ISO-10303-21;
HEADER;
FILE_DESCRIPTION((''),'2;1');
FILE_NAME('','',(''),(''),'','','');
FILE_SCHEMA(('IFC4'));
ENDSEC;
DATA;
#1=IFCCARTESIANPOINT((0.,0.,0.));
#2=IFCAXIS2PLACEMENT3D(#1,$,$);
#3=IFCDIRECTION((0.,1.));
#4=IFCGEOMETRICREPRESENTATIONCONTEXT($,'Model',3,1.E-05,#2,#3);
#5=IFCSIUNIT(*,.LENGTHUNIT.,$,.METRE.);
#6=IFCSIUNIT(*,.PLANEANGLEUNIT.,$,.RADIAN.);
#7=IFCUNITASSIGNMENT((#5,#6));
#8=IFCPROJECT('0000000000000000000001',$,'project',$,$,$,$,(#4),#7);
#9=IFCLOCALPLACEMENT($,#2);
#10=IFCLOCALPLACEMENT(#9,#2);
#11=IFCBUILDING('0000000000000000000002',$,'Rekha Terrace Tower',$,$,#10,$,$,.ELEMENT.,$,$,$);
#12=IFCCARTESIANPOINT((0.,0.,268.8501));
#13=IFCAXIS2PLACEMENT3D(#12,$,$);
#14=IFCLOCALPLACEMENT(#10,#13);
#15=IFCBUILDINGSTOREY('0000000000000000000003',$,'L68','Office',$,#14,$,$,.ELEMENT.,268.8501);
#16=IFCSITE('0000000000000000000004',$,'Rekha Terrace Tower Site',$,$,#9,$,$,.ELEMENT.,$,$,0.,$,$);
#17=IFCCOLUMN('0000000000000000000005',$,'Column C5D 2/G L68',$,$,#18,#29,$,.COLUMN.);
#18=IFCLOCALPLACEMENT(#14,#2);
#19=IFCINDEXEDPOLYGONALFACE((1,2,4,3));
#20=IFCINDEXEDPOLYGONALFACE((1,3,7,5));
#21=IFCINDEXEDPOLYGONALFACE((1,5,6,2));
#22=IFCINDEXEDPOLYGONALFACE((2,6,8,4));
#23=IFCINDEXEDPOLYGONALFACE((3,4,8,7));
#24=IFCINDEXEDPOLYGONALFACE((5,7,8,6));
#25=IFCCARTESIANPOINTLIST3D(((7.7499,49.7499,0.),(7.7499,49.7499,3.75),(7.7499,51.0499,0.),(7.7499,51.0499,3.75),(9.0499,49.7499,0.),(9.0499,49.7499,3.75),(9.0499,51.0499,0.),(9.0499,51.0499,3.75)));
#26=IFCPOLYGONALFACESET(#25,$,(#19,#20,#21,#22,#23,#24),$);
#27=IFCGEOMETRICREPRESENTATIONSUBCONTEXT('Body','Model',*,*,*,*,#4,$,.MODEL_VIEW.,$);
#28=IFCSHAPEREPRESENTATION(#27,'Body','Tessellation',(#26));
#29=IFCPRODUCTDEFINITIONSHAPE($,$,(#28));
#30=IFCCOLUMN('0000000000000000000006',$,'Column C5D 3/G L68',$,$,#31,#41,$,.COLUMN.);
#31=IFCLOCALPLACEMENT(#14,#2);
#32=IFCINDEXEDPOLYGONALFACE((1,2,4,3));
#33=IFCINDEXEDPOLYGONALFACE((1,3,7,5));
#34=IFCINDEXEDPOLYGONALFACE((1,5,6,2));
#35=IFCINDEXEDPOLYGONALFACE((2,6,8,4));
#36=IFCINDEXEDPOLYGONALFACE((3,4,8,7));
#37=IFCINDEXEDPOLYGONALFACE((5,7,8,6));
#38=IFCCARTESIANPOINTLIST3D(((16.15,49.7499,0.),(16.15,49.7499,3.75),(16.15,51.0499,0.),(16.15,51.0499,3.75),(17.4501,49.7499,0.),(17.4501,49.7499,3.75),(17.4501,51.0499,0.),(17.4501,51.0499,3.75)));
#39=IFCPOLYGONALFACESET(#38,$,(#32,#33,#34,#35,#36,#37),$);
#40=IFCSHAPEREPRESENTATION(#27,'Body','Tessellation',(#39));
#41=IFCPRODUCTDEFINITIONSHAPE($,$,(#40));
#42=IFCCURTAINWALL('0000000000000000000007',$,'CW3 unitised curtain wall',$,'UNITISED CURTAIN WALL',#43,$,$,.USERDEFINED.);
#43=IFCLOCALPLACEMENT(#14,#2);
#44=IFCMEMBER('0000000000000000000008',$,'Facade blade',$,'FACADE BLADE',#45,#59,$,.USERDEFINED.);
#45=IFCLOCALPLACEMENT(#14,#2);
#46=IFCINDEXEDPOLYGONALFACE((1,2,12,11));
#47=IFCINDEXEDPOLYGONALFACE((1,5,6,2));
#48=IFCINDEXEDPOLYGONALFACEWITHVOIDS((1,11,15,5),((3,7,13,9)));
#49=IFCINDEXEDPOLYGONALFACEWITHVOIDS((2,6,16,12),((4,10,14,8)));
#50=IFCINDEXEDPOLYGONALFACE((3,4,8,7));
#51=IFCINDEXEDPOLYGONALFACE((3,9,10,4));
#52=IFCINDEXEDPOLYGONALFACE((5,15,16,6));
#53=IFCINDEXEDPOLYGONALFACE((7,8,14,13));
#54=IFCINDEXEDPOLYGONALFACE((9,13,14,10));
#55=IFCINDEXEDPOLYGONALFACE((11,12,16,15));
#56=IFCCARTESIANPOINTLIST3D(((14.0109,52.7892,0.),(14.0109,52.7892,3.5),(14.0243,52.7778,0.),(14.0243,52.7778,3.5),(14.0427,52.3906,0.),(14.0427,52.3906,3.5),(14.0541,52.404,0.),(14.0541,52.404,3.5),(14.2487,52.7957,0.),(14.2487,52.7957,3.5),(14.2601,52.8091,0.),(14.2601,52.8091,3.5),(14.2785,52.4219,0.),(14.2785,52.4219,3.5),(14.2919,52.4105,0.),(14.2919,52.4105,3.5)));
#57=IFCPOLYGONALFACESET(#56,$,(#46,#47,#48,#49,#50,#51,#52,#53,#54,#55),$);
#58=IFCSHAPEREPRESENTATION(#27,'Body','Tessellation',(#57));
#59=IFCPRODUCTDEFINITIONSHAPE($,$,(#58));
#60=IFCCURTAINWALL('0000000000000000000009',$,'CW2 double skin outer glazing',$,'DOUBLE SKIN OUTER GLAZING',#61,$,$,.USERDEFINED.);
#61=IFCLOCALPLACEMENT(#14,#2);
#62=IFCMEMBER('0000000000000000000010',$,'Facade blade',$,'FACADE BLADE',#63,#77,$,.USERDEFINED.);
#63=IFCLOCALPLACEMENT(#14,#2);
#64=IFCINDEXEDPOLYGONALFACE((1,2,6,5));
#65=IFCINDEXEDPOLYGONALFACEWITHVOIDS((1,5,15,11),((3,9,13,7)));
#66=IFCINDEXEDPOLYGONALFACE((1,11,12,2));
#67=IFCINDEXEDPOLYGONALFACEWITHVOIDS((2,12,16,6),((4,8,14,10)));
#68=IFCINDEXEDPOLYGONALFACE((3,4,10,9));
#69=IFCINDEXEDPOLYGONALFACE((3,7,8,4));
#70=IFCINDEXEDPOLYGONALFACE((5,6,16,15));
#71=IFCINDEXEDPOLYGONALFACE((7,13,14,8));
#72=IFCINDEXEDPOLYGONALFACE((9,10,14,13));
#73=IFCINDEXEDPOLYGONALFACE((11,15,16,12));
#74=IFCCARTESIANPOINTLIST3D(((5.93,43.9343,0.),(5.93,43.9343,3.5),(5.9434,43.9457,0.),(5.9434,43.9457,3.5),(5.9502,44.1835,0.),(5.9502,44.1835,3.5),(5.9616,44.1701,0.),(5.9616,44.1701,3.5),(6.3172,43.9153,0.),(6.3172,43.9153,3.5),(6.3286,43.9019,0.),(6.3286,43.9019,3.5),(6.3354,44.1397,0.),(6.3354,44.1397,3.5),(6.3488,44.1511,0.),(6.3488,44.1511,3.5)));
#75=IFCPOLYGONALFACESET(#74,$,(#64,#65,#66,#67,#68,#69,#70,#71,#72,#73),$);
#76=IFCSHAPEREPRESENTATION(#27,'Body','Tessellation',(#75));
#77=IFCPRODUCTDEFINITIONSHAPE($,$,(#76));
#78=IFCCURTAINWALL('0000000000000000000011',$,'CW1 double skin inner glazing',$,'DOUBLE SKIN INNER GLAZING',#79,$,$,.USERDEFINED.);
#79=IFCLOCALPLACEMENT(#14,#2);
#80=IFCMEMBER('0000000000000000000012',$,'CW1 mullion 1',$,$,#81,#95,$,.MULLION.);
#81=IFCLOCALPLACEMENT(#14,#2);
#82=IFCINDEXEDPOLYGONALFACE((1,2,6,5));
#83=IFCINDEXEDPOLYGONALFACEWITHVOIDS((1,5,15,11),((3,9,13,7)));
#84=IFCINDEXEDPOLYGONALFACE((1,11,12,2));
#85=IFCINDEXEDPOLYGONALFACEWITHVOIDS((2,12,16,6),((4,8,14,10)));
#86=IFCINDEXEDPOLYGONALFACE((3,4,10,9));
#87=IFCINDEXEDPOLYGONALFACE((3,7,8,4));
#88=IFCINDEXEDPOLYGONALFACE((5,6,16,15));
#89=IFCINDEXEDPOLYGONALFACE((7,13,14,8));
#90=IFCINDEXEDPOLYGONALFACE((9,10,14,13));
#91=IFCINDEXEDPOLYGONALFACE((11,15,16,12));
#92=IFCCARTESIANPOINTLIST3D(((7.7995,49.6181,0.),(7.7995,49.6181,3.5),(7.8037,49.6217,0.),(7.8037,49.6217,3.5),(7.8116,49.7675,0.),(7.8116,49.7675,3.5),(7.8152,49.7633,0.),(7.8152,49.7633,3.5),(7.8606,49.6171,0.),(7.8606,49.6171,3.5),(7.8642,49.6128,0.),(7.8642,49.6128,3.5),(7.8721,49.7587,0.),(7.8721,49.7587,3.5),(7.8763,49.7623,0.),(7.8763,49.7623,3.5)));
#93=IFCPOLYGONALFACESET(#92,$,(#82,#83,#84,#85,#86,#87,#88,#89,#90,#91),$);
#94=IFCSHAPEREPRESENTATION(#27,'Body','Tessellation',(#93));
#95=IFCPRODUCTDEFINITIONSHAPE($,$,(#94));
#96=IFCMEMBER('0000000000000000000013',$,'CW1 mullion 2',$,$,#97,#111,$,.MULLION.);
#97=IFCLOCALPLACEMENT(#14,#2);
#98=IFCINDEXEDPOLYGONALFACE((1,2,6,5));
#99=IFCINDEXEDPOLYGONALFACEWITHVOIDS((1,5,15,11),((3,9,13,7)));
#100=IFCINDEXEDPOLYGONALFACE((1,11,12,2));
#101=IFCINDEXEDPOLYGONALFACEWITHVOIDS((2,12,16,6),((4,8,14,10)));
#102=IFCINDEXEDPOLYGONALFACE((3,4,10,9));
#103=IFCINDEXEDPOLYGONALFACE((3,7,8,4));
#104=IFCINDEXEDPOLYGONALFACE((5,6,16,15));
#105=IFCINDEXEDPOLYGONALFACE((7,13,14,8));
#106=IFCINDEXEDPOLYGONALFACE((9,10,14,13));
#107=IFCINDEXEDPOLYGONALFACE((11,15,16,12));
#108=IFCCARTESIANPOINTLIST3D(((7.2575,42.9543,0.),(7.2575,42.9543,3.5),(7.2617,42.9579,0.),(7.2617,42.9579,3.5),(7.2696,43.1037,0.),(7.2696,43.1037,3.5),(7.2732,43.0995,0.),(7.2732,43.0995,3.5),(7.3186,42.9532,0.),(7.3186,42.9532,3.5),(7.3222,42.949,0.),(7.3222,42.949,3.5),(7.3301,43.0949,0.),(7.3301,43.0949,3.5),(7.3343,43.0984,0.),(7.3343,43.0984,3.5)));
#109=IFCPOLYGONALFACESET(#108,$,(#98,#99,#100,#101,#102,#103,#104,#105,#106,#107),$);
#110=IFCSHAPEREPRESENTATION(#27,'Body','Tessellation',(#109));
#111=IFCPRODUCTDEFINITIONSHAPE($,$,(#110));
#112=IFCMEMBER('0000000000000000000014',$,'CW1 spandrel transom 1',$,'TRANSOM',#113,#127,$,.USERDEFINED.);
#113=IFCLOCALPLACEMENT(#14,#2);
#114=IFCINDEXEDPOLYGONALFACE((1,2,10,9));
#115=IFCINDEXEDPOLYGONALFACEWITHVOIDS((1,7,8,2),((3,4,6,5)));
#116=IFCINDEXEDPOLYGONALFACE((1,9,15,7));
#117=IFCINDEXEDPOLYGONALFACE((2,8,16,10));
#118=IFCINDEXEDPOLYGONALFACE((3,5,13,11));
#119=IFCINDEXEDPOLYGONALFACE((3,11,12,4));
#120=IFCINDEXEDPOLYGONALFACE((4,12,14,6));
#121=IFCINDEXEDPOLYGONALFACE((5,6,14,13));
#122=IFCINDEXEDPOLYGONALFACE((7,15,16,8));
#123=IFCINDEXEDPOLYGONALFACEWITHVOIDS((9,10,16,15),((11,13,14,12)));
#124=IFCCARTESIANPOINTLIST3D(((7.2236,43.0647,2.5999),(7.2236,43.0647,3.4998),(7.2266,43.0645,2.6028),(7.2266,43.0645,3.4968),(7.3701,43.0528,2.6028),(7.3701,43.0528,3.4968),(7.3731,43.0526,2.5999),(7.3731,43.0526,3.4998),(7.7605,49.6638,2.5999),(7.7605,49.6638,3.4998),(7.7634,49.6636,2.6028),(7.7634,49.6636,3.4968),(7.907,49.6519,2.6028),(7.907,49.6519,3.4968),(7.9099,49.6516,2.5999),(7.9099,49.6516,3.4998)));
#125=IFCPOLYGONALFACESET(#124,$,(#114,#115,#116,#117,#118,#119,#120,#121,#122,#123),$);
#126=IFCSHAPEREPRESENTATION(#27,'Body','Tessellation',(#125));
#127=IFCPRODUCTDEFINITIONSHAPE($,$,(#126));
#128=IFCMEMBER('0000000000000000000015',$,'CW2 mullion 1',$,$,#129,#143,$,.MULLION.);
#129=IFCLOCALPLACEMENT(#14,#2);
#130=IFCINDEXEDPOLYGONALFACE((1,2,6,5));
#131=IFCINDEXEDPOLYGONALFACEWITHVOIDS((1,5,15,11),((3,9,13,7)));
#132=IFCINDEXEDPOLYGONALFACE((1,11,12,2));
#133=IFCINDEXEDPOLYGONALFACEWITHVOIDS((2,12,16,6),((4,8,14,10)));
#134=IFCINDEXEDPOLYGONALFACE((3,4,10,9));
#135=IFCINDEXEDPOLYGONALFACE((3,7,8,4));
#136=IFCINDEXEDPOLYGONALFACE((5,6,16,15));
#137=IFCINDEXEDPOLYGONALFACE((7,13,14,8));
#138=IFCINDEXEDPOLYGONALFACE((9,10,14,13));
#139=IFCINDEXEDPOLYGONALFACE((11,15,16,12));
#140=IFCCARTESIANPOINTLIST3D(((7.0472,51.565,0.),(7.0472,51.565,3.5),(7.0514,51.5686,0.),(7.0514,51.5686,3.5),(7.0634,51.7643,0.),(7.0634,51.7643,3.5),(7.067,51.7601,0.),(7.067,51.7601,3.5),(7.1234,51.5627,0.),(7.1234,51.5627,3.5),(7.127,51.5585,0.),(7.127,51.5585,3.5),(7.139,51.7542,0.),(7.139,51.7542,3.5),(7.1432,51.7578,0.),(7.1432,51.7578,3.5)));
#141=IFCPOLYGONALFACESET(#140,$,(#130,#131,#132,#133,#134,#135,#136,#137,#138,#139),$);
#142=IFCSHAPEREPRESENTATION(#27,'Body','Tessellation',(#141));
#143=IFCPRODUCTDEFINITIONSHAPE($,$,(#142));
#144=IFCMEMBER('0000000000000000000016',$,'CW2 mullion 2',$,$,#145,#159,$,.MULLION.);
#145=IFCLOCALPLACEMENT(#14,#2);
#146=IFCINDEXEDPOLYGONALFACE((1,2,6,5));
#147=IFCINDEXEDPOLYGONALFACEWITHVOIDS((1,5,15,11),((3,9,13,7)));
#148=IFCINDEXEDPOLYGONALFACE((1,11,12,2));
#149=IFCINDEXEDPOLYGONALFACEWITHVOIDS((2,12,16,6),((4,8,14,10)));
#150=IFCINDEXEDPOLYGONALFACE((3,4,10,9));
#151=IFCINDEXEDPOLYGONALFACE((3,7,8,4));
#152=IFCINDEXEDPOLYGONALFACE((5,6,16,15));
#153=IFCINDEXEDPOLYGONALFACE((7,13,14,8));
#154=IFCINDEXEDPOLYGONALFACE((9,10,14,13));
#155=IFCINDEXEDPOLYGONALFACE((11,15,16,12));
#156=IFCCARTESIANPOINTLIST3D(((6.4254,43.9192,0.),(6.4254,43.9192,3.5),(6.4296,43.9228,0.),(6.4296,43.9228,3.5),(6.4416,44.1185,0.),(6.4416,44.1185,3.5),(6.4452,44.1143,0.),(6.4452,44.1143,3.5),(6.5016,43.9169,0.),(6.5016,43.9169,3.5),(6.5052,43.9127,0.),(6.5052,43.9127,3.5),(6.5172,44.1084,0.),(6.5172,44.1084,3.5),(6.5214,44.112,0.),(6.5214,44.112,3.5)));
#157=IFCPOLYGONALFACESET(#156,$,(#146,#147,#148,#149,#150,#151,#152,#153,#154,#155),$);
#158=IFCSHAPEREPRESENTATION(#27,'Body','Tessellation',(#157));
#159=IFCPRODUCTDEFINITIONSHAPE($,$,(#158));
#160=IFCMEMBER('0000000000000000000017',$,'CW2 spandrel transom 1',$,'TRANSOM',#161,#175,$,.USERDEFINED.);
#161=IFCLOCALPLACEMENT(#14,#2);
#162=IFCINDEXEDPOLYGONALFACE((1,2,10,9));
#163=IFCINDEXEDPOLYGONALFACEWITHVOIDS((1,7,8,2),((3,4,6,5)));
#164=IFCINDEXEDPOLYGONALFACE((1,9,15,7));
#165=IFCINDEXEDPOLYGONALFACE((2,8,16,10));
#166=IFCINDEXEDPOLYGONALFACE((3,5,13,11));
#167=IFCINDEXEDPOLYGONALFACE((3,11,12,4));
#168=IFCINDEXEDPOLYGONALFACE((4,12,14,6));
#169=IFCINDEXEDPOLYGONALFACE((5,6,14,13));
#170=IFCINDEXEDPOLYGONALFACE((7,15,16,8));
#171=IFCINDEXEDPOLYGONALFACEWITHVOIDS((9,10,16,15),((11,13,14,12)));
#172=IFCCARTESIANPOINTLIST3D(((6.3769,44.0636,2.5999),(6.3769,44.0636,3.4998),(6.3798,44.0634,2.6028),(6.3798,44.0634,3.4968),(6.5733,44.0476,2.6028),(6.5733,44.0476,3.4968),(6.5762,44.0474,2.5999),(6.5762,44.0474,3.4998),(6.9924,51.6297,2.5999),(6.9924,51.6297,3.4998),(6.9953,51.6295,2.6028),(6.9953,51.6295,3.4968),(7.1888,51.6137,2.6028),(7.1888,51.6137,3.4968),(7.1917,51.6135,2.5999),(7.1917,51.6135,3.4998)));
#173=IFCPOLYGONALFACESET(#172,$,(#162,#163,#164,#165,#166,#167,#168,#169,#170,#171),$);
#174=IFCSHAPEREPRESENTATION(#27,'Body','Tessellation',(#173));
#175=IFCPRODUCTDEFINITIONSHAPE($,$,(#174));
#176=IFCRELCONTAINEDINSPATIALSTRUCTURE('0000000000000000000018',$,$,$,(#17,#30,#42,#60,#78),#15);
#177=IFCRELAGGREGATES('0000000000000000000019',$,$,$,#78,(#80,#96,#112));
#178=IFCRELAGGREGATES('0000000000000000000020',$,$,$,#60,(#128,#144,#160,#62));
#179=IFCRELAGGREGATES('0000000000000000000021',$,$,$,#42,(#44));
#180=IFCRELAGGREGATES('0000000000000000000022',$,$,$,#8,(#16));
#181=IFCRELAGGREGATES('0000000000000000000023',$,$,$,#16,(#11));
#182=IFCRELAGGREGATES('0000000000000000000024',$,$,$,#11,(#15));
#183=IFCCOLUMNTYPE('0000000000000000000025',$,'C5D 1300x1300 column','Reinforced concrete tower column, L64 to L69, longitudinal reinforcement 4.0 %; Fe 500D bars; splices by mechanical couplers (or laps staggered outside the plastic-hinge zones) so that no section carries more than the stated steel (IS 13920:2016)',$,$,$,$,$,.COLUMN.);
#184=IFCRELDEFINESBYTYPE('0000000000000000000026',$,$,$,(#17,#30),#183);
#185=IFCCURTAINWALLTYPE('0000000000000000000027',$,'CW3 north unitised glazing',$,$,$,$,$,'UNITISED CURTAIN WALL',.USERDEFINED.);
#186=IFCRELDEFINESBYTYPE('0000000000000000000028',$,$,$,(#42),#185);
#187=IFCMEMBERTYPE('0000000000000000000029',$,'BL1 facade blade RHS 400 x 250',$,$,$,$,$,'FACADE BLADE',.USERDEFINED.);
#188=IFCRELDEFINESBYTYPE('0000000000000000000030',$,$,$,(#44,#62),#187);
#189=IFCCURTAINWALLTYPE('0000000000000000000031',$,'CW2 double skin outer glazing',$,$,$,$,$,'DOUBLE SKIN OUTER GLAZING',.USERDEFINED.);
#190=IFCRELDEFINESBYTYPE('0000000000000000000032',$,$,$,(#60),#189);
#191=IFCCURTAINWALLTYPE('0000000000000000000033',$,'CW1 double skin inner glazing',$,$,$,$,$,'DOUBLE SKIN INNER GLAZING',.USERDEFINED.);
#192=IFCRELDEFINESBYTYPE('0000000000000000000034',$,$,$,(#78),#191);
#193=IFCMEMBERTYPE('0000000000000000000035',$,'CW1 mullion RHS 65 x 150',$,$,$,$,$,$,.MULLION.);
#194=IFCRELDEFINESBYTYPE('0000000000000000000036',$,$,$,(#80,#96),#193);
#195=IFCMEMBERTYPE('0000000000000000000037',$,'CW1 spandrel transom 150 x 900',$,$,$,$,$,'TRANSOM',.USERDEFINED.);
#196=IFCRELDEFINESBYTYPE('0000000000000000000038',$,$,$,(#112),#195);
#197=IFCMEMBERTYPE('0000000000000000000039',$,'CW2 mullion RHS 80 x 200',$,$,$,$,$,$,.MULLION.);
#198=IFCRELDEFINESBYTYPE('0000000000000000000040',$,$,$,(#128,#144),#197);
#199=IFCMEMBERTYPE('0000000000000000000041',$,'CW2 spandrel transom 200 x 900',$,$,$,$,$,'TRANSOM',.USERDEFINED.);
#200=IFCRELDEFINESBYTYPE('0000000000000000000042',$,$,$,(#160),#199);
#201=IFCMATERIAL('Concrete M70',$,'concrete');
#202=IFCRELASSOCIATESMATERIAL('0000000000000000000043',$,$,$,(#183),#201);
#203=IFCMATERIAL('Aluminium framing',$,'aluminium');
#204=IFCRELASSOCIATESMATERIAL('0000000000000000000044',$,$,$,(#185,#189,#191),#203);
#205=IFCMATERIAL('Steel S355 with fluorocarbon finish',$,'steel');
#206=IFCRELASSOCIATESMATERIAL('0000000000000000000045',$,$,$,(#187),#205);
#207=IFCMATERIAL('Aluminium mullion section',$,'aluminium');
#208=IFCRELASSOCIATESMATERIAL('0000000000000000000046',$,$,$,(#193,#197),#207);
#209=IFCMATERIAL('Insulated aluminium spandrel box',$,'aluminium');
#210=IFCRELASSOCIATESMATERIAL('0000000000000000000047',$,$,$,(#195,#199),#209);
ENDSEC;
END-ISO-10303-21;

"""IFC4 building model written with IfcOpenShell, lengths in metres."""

from ifc_helpers import new_model, si_unit, direction, frame, origin, origin_2d, place, context, subcontext, project, spatial, rectangle, hollow_rectangle, extrude, material, material_profile, profile_set, type_object, element, aggregate, save


model = new_model("IFC4")

# Units and contexts
model_context = context("Model", 3, precision=1e-05, world=origin(), true_north=direction((0.0, 1.0)))
body_context = subcontext(model_context, "Body", "Model", "MODEL_VIEW")
ifc_project = project(units=[si_unit("LENGTHUNIT", "METRE"), si_unit("PLANEANGLEUNIT", "RADIAN")], contexts=[model_context])

# Site, building, storey
site_placement = place(None, origin())
site = spatial("IfcSite", under=ifc_project, at=site_placement, Name="Rekha Terrace Tower Site", CompositionType="ELEMENT", RefElevation=0.0)
building_placement = place(site_placement, origin())
building = spatial("IfcBuilding", under=site, at=building_placement, Name="Rekha Terrace Tower", CompositionType="ELEMENT")
storey_placement = place(building_placement, frame((0.0, 0.0, 268.8501)))
storey = spatial("IfcBuildingStorey", under=building, at=storey_placement, Name="L68", Description="Office", CompositionType="ELEMENT", Elevation=268.8501)

# Columns
ifc_material_1 = material(Name="Concrete M70", Category="concrete")
ifc_material_profile_1 = material_profile(ifc_material_1, rectangle(XDim=1.3, YDim=1.3, at=origin_2d()), Name="RC 1300x1300")
ifc_profile_set_1 = profile_set([ifc_material_profile_1], Name="Concrete M70")
column_type = type_object("IfcColumnType", Name="C5D 1300x1300 column", Description="Reinforced concrete tower column, L64 to L69, longitudinal reinforcement 4.0 %; Fe 500D bars; splices by mechanical couplers (or laps staggered outside the plastic-hinge zones) so that no section carries more than the stated steel (IS 13920:2016)", PredefinedType="COLUMN", material=ifc_profile_set_1)
for number, where, z_axis, x_axis, name in (
    (1, (8.3999, 50.3999, 0.0), (0.0, 0.0, 1.0), (1.0, 0.0, 0.0), "Column C5D 2/G L68"),
    (2, (16.8, 50.3999, 0.0), (0.0, 0.0, 1.0), (1.0, 0.0, 0.0), "Column C5D 3/G L68"),
):
    element("IfcColumn", number, at=place(storey_placement, frame(where, z_axis=z_axis, x_axis=x_axis)), inside=storey, type_object=column_type, Name=name, PredefinedType="COLUMN", context=body_context, shape_type="SweptSolid", body=[
        extrude(rectangle(XDim=1.3, YDim=1.3, at=origin_2d()), origin(), (0.0, 0.0, 1.0), 3.75),
    ])

# Curtain walls, members
ifc_material_2 = material(Name="Aluminium framing", Category="aluminium")
curtain_wall_type_1 = type_object("IfcCurtainWallType", Name="CW3 north unitised glazing", ElementType="UNITISED CURTAIN WALL", PredefinedType="USERDEFINED", material=ifc_material_2)
curtain_wall_1_placement = place(storey_placement, origin())
curtain_wall_1 = element("IfcCurtainWall", 3, at=curtain_wall_1_placement, inside=storey, type_object=curtain_wall_type_1, Name="CW3 unitised curtain wall", ObjectType="UNITISED CURTAIN WALL", PredefinedType="USERDEFINED")
ifc_material_3 = material(Name="Steel S355 with fluorocarbon finish", Category="steel")
ifc_material_profile_2 = material_profile(ifc_material_3, hollow_rectangle(XDim=0.25, YDim=0.3999, WallThickness=0.0125, at=origin_2d()), Name="RHS400x250x12.5")
ifc_profile_set_2 = profile_set([ifc_material_profile_2], Name="Steel S355 with fluorocarbon finish")
member_type_1 = type_object("IfcMemberType", Name="BL1 facade blade RHS 400 x 250", ElementType="FACADE BLADE", PredefinedType="USERDEFINED", material=ifc_profile_set_2)
member_1_placement = place(storey_placement, frame((14.1514, 52.5999, 0.0), z_axis=(0.0, 0.0, 1.0), x_axis=(-0.996836, -0.079486, 0.0)))
member_1 = element("IfcMember", 4, at=member_1_placement, type_object=member_type_1, Name="Facade blade", ObjectType="FACADE BLADE", PredefinedType="USERDEFINED", context=body_context, shape_type="SweptSolid", body=[
    extrude(hollow_rectangle(XDim=0.25, YDim=0.3999, WallThickness=0.0125, at=origin_2d()), origin(), (0.0, 0.0, 1.0), 3.5),
])
curtain_wall_type_2 = type_object("IfcCurtainWallType", Name="CW2 double skin outer glazing", ElementType="DOUBLE SKIN OUTER GLAZING", PredefinedType="USERDEFINED", material=ifc_material_2)
curtain_wall_2_placement = place(storey_placement, origin())
curtain_wall_2 = element("IfcCurtainWall", 5, at=curtain_wall_2_placement, inside=storey, type_object=curtain_wall_type_2, Name="CW2 double skin outer glazing", ObjectType="DOUBLE SKIN OUTER GLAZING", PredefinedType="USERDEFINED")
member_2_placement = place(storey_placement, frame((6.1394, 44.0427, 0.0), z_axis=(0.0, 0.0, 1.0), x_axis=(-0.081069, -0.996709, 0.0)))
member_2 = element("IfcMember", 6, at=member_2_placement, type_object=member_type_1, Name="Facade blade", ObjectType="FACADE BLADE", PredefinedType="USERDEFINED", context=body_context, shape_type="SweptSolid", body=[
    extrude(hollow_rectangle(XDim=0.25, YDim=0.3999, WallThickness=0.0125, at=origin_2d()), origin(), (0.0, 0.0, 1.0), 3.5),
])

# Curtain wall, members
curtain_wall_type_3 = type_object("IfcCurtainWallType", Name="CW1 double skin inner glazing", ElementType="DOUBLE SKIN INNER GLAZING", PredefinedType="USERDEFINED", material=ifc_material_2)
curtain_wall_3_placement = place(storey_placement, origin())
curtain_wall_3 = element("IfcCurtainWall", 7, at=curtain_wall_3_placement, inside=storey, type_object=curtain_wall_type_3, Name="CW1 double skin inner glazing", ObjectType="DOUBLE SKIN INNER GLAZING", PredefinedType="USERDEFINED")
ifc_material_4 = material(Name="Aluminium mullion section", Category="aluminium")
ifc_material_profile_3 = material_profile(ifc_material_4, hollow_rectangle(XDim=0.0649, YDim=0.1499, WallThickness=0.0039, at=origin_2d()), Name="AL RHS 65x150")
ifc_profile_set_3 = profile_set([ifc_material_profile_3], Name="Aluminium mullion section")
member_type_2 = type_object("IfcMemberType", Name="CW1 mullion RHS 65 x 150", PredefinedType="MULLION", material=ifc_profile_set_3)
member_3_placement = place(storey_placement, frame((7.8379, 49.6902, 0.0), z_axis=(0.0, 0.0, 1.0), x_axis=(0.996709, -0.081068, 0.0)))
member_3 = element("IfcMember", 8, at=member_3_placement, type_object=member_type_2, Name="CW1 mullion 1", PredefinedType="MULLION", context=body_context, shape_type="SweptSolid", body=[
    extrude(hollow_rectangle(XDim=0.0649, YDim=0.1499, WallThickness=0.0039, at=origin_2d()), origin(), (0.0, 0.0, 1.0), 3.5),
])
member_4_placement = place(storey_placement, frame((7.2959, 43.0264, 0.0), z_axis=(0.0, 0.0, 1.0), x_axis=(0.996709, -0.081068, 0.0)))
member_4 = element("IfcMember", 9, at=member_4_placement, type_object=member_type_2, Name="CW1 mullion 2", PredefinedType="MULLION", context=body_context, shape_type="SweptSolid", body=[
    extrude(hollow_rectangle(XDim=0.0649, YDim=0.1499, WallThickness=0.0039, at=origin_2d()), origin(), (0.0, 0.0, 1.0), 3.5),
])
ifc_material_5 = material(Name="Insulated aluminium spandrel box", Category="aluminium")
ifc_material_profile_4 = material_profile(ifc_material_5, hollow_rectangle(XDim=0.1499, YDim=0.8999, WallThickness=0.0029, at=origin_2d()), Name="AL SPANDREL BOX 150x900")
ifc_profile_set_4 = profile_set([ifc_material_profile_4], Name="Insulated aluminium spandrel box")
member_type_3 = type_object("IfcMemberType", Name="CW1 spandrel transom 150 x 900", ElementType="TRANSOM", PredefinedType="USERDEFINED", material=ifc_profile_set_4)
member_5_placement = place(storey_placement, frame((7.8352, 49.6577, 3.0498), z_axis=(-0.081086, -0.996707, 0.0), x_axis=(0.996707, -0.081086, 0.0)))
member_5 = element("IfcMember", 10, at=member_5_placement, type_object=member_type_3, Name="CW1 spandrel transom 1", ObjectType="TRANSOM", PredefinedType="USERDEFINED", context=body_context, shape_type="SweptSolid", body=[
    extrude(hollow_rectangle(XDim=0.1499, YDim=0.8999, WallThickness=0.0029, at=origin_2d()), origin(), (0.0, 0.0, 1.0), 6.6208),
])

# Members
ifc_material_profile_5 = material_profile(ifc_material_4, hollow_rectangle(XDim=0.0801, YDim=0.2, WallThickness=0.0039, at=origin_2d()), Name="AL RHS 80x200")
ifc_profile_set_5 = profile_set([ifc_material_profile_5], Name="Aluminium mullion section")
member_type_4 = type_object("IfcMemberType", Name="CW2 mullion RHS 80 x 200", PredefinedType="MULLION", material=ifc_profile_set_5)
member_6_placement = place(storey_placement, frame((7.0952, 51.6614, 0.0), z_axis=(0.0, 0.0, 1.0), x_axis=(0.996709, -0.081068, 0.0)))
member_6 = element("IfcMember", 11, at=member_6_placement, type_object=member_type_4, Name="CW2 mullion 1", PredefinedType="MULLION", context=body_context, shape_type="SweptSolid", body=[
    extrude(hollow_rectangle(XDim=0.0801, YDim=0.2, WallThickness=0.0039, at=origin_2d()), origin(), (0.0, 0.0, 1.0), 3.5),
])
member_7_placement = place(storey_placement, frame((6.4734, 44.0156, 0.0), z_axis=(0.0, 0.0, 1.0), x_axis=(0.996709, -0.081068, 0.0)))
member_7 = element("IfcMember", 12, at=member_7_placement, type_object=member_type_4, Name="CW2 mullion 2", PredefinedType="MULLION", context=body_context, shape_type="SweptSolid", body=[
    extrude(hollow_rectangle(XDim=0.0801, YDim=0.2, WallThickness=0.0039, at=origin_2d()), origin(), (0.0, 0.0, 1.0), 3.5),
])
ifc_material_profile_6 = material_profile(ifc_material_5, hollow_rectangle(XDim=0.2, YDim=0.8999, WallThickness=0.0029, at=origin_2d()), Name="AL SPANDREL BOX 200x900")
ifc_profile_set_6 = profile_set([ifc_material_profile_6], Name="Insulated aluminium spandrel box")
member_type_5 = type_object("IfcMemberType", Name="CW2 spandrel transom 200 x 900", ElementType="TRANSOM", PredefinedType="USERDEFINED", material=ifc_profile_set_6)
member_8_placement = place(storey_placement, frame((7.092, 51.6216, 3.0498), z_axis=(-0.081078, -0.996708, 0.0), x_axis=(0.996708, -0.081078, 0.0)))
member_8 = element("IfcMember", 13, at=member_8_placement, type_object=member_type_5, Name="CW2 spandrel transom 1", ObjectType="TRANSOM", PredefinedType="USERDEFINED", context=body_context, shape_type="SweptSolid", body=[
    extrude(hollow_rectangle(XDim=0.2, YDim=0.8999, WallThickness=0.0029, at=origin_2d()), origin(), (0.0, 0.0, 1.0), 7.5911),
])

aggregate(curtain_wall_3, [member_3, member_4, member_5])
aggregate(curtain_wall_2, [member_6, member_7, member_8, member_2])
aggregate(curtain_wall_1, [member_1])

save(model, "model.ifc")
